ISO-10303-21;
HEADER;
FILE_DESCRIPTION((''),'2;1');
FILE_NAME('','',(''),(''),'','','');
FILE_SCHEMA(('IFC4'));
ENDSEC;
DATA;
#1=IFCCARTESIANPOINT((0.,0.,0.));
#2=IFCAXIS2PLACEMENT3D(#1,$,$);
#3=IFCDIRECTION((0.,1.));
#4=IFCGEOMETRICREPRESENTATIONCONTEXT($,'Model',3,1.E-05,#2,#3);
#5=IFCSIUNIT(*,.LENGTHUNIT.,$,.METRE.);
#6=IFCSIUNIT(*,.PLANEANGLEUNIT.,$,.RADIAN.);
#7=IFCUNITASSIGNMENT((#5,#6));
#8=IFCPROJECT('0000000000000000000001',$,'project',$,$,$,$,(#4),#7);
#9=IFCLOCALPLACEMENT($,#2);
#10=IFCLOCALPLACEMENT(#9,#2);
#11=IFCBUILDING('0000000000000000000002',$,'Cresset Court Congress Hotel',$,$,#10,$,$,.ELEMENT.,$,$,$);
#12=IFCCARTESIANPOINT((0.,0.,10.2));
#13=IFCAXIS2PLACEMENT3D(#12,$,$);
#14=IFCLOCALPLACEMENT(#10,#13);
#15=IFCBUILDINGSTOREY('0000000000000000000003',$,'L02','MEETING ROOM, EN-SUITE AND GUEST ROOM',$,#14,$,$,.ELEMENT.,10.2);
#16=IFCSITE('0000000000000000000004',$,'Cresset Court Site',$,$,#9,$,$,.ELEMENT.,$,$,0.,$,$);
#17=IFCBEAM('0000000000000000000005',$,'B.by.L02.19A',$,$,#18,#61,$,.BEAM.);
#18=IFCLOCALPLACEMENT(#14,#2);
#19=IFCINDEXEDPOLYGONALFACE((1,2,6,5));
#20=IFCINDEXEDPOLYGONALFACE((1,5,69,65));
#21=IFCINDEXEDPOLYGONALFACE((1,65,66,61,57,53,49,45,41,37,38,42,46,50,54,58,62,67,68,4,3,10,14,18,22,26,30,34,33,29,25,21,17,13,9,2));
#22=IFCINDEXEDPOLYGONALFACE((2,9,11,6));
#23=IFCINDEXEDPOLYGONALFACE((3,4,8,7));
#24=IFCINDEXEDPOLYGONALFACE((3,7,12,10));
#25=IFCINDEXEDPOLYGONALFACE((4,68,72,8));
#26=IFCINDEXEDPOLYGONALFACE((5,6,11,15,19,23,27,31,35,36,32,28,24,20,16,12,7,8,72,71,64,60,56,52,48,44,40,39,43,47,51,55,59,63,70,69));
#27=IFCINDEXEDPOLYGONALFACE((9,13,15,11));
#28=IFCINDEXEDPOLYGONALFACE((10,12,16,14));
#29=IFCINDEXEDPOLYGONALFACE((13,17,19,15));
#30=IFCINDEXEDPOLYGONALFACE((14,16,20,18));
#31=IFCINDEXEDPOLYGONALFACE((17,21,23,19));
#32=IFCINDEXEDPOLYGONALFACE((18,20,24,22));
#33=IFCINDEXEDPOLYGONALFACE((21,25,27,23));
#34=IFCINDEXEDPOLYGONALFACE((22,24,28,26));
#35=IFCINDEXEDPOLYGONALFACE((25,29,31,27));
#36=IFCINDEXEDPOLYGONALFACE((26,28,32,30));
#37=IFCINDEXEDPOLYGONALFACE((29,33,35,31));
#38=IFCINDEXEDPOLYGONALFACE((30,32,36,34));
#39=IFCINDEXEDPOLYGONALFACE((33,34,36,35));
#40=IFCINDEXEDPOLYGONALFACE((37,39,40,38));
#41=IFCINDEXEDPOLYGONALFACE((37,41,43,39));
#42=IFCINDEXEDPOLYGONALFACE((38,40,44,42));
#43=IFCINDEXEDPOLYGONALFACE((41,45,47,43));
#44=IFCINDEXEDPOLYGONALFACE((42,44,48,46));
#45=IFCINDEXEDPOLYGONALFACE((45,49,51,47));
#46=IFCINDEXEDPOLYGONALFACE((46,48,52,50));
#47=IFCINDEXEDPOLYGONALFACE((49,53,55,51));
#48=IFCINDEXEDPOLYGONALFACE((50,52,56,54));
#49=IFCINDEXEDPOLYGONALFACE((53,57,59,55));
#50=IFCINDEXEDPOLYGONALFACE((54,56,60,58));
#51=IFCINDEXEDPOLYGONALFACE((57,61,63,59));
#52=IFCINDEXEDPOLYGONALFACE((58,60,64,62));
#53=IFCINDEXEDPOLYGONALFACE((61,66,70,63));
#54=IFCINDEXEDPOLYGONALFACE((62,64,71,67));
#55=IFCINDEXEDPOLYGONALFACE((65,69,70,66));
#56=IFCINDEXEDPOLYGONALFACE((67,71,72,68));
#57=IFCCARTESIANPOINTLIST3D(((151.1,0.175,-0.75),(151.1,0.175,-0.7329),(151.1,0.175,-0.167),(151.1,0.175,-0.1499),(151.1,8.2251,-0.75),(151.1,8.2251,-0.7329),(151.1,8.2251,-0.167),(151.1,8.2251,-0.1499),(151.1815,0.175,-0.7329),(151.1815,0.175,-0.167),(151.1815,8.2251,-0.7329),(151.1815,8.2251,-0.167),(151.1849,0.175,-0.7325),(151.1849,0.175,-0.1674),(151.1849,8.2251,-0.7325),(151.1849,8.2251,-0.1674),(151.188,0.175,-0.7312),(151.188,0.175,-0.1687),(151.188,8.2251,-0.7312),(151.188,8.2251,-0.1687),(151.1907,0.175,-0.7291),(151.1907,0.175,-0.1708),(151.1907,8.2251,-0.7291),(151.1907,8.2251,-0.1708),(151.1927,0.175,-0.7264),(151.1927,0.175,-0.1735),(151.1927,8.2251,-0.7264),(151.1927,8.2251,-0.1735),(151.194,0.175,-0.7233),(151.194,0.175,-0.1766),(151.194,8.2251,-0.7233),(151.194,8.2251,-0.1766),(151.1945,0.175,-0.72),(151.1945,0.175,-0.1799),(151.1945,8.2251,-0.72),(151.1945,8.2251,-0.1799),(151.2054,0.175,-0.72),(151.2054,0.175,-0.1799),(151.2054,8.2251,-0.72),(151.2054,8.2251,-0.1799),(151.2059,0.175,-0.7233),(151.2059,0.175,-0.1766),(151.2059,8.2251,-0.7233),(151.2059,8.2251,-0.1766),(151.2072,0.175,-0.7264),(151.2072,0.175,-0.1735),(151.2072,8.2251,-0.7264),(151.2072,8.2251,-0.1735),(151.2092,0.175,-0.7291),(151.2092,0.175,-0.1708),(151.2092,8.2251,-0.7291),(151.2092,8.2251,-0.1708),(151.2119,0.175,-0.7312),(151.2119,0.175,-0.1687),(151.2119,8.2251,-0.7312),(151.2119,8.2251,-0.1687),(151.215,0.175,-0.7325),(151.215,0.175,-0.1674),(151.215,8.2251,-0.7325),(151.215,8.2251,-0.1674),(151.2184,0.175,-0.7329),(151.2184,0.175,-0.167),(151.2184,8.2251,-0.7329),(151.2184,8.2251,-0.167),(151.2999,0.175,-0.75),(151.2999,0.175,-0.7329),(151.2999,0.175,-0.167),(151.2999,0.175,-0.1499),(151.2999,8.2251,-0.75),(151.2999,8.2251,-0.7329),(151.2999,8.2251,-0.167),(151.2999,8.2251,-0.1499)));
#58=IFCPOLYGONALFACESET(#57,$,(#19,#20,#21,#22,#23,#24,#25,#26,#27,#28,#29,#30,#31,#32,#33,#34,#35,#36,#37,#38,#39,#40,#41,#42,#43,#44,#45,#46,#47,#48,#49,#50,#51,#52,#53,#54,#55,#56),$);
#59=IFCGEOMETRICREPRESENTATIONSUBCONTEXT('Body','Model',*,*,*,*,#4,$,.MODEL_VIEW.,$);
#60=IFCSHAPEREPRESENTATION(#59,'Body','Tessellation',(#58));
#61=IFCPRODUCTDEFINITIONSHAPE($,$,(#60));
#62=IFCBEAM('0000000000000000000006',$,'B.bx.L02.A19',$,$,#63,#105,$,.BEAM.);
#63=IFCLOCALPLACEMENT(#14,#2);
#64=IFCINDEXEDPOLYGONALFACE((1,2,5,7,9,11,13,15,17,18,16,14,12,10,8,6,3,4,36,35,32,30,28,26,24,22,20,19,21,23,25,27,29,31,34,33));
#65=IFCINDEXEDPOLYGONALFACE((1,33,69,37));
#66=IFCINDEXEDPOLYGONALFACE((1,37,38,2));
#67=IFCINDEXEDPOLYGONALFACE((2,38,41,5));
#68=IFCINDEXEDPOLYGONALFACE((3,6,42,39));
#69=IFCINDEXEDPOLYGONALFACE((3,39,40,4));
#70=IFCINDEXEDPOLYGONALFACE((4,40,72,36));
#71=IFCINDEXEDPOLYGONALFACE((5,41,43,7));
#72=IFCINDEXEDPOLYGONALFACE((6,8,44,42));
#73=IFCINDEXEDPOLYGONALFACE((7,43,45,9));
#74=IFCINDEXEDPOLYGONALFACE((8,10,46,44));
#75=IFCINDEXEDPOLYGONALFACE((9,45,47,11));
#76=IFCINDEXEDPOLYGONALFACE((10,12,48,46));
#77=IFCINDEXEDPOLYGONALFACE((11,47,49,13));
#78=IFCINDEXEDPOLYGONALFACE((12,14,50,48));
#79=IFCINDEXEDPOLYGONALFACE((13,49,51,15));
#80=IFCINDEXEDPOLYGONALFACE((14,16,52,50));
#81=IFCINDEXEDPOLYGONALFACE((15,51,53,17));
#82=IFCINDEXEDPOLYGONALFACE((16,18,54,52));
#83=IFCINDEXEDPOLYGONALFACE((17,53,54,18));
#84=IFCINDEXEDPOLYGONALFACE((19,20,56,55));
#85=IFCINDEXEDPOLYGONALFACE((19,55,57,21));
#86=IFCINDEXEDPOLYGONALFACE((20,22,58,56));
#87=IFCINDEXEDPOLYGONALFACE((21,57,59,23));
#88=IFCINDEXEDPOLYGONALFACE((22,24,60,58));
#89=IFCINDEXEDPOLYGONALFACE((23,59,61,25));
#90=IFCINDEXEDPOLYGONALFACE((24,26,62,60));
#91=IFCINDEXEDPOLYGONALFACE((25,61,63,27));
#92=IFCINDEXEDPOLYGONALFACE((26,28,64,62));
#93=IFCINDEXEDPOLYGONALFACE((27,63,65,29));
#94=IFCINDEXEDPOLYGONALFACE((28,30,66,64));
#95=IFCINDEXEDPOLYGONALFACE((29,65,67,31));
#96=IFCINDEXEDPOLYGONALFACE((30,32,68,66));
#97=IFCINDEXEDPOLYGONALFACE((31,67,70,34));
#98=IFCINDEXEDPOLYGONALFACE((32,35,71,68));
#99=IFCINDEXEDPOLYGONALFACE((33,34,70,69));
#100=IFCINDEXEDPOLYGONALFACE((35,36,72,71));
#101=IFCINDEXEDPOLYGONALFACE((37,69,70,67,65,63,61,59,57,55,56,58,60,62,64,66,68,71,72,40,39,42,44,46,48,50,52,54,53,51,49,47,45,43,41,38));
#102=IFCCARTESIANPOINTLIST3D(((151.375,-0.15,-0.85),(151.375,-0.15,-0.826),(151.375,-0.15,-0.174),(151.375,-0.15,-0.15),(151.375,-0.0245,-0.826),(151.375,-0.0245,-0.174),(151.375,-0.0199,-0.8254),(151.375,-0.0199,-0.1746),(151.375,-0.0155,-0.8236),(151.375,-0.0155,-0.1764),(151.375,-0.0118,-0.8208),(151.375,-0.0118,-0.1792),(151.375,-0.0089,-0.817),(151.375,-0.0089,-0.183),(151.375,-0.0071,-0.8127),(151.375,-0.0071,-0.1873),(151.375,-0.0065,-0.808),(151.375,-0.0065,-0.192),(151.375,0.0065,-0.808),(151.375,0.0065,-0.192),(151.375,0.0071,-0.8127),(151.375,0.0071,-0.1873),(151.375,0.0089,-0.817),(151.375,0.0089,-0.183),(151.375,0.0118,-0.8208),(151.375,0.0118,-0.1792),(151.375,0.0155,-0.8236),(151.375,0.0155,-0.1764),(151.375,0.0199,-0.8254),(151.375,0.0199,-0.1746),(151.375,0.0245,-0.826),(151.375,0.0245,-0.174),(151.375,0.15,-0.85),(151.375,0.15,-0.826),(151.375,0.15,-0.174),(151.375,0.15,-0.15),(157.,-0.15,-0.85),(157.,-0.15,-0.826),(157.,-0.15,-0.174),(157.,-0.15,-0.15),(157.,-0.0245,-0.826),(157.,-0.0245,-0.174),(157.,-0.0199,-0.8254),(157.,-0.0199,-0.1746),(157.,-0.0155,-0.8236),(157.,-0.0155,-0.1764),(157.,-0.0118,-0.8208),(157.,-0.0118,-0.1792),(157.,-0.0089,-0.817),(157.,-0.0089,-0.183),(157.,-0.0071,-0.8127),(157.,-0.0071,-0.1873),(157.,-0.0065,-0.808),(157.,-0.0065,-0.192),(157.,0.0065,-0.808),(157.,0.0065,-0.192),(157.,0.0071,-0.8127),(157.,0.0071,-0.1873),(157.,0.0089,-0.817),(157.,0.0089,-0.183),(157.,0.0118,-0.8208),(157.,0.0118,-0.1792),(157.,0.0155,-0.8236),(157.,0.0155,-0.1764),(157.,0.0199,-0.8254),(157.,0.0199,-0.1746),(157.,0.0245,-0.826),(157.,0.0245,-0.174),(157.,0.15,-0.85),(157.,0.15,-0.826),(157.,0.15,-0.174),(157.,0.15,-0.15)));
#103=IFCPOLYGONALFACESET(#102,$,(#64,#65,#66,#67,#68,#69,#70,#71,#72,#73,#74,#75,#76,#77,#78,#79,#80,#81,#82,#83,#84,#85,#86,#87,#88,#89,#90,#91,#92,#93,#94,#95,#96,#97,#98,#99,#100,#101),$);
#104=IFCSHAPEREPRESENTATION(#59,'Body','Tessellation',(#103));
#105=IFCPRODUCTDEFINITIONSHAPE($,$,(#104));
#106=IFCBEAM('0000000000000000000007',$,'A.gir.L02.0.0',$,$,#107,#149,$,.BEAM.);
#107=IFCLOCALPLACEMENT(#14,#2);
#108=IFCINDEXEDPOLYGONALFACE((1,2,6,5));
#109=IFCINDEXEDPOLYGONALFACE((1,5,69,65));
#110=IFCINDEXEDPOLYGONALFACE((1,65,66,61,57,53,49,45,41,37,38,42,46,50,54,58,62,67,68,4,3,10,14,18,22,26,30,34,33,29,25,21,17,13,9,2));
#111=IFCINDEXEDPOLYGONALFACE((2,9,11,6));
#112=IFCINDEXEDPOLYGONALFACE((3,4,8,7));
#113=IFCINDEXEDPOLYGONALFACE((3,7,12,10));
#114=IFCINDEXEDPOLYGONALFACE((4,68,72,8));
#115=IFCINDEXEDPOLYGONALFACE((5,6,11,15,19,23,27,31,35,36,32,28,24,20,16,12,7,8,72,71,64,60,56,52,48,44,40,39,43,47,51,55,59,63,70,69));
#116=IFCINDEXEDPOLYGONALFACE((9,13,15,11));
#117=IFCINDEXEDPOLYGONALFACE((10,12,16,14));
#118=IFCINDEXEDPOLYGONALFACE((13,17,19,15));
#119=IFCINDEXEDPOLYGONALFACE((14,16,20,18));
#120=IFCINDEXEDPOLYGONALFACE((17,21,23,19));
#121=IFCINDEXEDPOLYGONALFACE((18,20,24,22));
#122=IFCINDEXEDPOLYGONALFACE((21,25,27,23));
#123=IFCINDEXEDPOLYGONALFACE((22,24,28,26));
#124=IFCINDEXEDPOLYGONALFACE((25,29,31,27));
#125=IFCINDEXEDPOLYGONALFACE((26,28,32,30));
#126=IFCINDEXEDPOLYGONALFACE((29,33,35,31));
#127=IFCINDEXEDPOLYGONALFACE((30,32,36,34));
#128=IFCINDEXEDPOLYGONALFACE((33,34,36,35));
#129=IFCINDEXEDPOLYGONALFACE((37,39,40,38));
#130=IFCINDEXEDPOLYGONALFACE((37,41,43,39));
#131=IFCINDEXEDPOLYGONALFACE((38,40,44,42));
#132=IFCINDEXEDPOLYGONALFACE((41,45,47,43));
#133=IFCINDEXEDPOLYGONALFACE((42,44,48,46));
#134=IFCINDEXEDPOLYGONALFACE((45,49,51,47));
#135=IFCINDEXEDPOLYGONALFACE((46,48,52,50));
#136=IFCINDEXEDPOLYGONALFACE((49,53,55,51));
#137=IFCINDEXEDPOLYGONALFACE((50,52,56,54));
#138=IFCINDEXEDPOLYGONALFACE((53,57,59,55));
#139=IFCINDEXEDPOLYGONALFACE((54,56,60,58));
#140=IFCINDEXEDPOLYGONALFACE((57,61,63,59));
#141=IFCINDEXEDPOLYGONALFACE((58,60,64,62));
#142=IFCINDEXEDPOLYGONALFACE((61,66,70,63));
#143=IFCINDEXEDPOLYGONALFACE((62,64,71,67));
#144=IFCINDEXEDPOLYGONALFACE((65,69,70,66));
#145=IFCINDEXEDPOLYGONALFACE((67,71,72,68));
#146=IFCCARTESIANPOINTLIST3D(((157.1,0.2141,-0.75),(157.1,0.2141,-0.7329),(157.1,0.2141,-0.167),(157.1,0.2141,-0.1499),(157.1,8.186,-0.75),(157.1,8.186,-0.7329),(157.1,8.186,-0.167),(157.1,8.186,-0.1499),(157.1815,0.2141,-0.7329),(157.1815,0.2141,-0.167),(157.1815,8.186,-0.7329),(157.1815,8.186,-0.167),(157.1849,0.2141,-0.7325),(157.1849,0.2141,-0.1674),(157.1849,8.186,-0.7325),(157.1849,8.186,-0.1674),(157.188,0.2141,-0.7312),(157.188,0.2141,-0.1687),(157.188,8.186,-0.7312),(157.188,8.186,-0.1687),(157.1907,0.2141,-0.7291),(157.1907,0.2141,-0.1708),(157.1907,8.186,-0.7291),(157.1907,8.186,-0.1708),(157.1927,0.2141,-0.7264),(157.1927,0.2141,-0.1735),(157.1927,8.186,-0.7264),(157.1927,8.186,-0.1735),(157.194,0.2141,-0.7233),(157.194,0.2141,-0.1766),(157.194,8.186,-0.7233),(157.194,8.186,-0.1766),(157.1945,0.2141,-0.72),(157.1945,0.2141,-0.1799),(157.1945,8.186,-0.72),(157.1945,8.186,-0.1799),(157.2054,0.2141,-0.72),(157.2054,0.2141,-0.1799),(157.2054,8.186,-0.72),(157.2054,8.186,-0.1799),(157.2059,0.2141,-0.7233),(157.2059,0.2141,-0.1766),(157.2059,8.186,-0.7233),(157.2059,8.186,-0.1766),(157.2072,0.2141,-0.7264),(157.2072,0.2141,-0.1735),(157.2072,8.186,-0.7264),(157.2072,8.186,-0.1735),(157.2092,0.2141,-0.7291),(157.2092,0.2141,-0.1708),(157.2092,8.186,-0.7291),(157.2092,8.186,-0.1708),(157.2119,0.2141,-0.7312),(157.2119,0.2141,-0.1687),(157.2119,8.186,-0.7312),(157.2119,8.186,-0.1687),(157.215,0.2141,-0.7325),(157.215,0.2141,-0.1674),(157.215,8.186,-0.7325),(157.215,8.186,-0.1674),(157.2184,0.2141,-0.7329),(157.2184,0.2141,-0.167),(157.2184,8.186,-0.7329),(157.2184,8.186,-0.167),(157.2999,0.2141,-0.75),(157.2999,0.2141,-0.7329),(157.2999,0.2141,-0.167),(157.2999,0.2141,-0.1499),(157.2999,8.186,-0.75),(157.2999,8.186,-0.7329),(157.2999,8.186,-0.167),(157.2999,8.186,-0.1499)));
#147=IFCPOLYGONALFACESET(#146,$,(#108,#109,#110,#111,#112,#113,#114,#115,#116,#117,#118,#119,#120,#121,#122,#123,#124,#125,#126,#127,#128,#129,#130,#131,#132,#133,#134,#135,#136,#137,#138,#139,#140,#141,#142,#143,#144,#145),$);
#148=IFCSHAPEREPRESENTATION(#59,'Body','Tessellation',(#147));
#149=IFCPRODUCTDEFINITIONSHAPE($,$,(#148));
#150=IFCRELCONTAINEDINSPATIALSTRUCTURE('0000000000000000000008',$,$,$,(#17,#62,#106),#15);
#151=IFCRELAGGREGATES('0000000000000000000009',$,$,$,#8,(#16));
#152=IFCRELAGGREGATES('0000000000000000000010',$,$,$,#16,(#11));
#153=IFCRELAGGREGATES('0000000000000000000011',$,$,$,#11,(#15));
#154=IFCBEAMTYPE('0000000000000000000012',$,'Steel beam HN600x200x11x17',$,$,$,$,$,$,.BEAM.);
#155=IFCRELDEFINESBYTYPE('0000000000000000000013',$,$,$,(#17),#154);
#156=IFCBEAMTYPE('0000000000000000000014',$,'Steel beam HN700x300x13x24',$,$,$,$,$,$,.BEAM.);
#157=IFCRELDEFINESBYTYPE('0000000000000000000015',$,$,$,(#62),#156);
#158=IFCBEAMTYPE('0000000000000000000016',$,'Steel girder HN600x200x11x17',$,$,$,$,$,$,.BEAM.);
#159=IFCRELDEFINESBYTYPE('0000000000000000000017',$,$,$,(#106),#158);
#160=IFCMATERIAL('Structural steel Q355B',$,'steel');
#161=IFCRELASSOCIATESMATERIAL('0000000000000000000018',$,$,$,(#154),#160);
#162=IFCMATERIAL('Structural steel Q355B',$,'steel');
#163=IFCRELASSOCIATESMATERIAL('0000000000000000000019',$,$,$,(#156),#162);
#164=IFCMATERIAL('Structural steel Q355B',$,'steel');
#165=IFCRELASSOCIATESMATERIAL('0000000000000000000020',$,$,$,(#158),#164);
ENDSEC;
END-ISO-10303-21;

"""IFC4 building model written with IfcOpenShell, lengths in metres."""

from ifc_helpers import new_model, si_unit, direction, frame, origin, origin_2d, place, context, subcontext, project, spatial, i_section, extrude, material, material_profile, profile_set, type_object, element, save


model = new_model("IFC4")

# Units and contexts
model_context = context("Model", 3, precision=1e-05, world=origin(), true_north=direction((0.0, 1.0)))
body_context = subcontext(model_context, "Body", "Model", "MODEL_VIEW")
ifc_project = project(units=[si_unit("LENGTHUNIT", "METRE"), si_unit("PLANEANGLEUNIT", "RADIAN")], contexts=[model_context])

# Site, building, storey
site_placement = place(None, origin())
site = spatial("IfcSite", under=ifc_project, at=site_placement, Name="Cresset Court Site", CompositionType="ELEMENT", RefElevation=0.0)
building_placement = place(site_placement, origin())
building = spatial("IfcBuilding", under=site, at=building_placement, Name="Cresset Court Congress Hotel", CompositionType="ELEMENT")
storey_placement = place(building_placement, frame((0.0, 0.0, 10.2)))
storey = spatial("IfcBuildingStorey", under=building, at=storey_placement, Name="L02", Description="MEETING ROOM, EN-SUITE AND GUEST ROOM", CompositionType="ELEMENT", Elevation=10.2)

# Beams
ifc_material_1 = material(Name="Structural steel Q355B", Category="steel")
ifc_material_profile_1 = material_profile(ifc_material_1, i_section(OverallWidth=0.2, OverallDepth=0.6001, WebThickness=0.011, FlangeThickness=0.0171, FilletRadius=0.0129, at=origin_2d()), Name="HN600x200x11x17")
ifc_profile_set_1 = profile_set([ifc_material_profile_1], Name="Structural steel Q355B")
beam_type_1 = type_object("IfcBeamType", Name="Steel beam HN600x200x11x17", PredefinedType="BEAM", material=ifc_profile_set_1)
beam_1_placement = place(storey_placement, frame((151.2, 0.175, -0.45), z_axis=(0.0, 1.0, 0.0), x_axis=(-1.0, 0.0, 0.0)))
element("IfcBeam", 1, at=beam_1_placement, inside=storey, type_object=beam_type_1, Name="B.by.L02.19A", PredefinedType="BEAM", context=body_context, shape_type="SweptSolid", body=[
    extrude(i_section(OverallWidth=0.2, OverallDepth=0.6001, WebThickness=0.011, FlangeThickness=0.0171, FilletRadius=0.0129, at=origin_2d()), origin(), (0.0, 0.0, 1.0), 8.05),
])
ifc_material_2 = material(Name="Structural steel Q355B", Category="steel")
ifc_material_profile_2 = material_profile(ifc_material_2, i_section(OverallWidth=0.3, OverallDepth=0.7, WebThickness=0.0129, FlangeThickness=0.0239, FilletRadius=0.0181, at=origin_2d()), Name="HN700x300x13x24")
ifc_profile_set_2 = profile_set([ifc_material_profile_2], Name="Structural steel Q355B")
beam_type_2 = type_object("IfcBeamType", Name="Steel beam HN700x300x13x24", PredefinedType="BEAM", material=ifc_profile_set_2)
beam_2_placement = place(storey_placement, frame((151.375, 0.0, -0.5), z_axis=(1.0, 0.0, 0.0), x_axis=(0.0, 1.0, 0.0)))
element("IfcBeam", 2, at=beam_2_placement, inside=storey, type_object=beam_type_2, Name="B.bx.L02.A19", PredefinedType="BEAM", context=body_context, shape_type="SweptSolid", body=[
    extrude(i_section(OverallWidth=0.3, OverallDepth=0.7, WebThickness=0.0129, FlangeThickness=0.0239, FilletRadius=0.0181, at=origin_2d()), origin(), (0.0, 0.0, 1.0), 5.625),
])
ifc_material_3 = material(Name="Structural steel Q355B", Category="steel")
ifc_material_profile_3 = material_profile(ifc_material_3, i_section(OverallWidth=0.2, OverallDepth=0.6001, WebThickness=0.011, FlangeThickness=0.0171, FilletRadius=0.0129, at=origin_2d()), Name="HN600x200x11x17")
ifc_profile_set_3 = profile_set([ifc_material_profile_3], Name="Structural steel Q355B")
beam_type_3 = type_object("IfcBeamType", Name="Steel girder HN600x200x11x17", PredefinedType="BEAM", material=ifc_profile_set_3)
beam_3_placement = place(storey_placement, frame((157.2, 0.2141, -0.45), z_axis=(0.0, 1.0, 0.0), x_axis=(-1.0, 0.0, 0.0)))
element("IfcBeam", 3, at=beam_3_placement, inside=storey, type_object=beam_type_3, Name="A.gir.L02.0.0", PredefinedType="BEAM", context=body_context, shape_type="SweptSolid", body=[
    extrude(i_section(OverallWidth=0.2, OverallDepth=0.6001, WebThickness=0.011, FlangeThickness=0.0171, FilletRadius=0.0129, at=origin_2d()), origin(), (0.0, 0.0, 1.0), 7.9719),
])

save(model, "model.ifc")
